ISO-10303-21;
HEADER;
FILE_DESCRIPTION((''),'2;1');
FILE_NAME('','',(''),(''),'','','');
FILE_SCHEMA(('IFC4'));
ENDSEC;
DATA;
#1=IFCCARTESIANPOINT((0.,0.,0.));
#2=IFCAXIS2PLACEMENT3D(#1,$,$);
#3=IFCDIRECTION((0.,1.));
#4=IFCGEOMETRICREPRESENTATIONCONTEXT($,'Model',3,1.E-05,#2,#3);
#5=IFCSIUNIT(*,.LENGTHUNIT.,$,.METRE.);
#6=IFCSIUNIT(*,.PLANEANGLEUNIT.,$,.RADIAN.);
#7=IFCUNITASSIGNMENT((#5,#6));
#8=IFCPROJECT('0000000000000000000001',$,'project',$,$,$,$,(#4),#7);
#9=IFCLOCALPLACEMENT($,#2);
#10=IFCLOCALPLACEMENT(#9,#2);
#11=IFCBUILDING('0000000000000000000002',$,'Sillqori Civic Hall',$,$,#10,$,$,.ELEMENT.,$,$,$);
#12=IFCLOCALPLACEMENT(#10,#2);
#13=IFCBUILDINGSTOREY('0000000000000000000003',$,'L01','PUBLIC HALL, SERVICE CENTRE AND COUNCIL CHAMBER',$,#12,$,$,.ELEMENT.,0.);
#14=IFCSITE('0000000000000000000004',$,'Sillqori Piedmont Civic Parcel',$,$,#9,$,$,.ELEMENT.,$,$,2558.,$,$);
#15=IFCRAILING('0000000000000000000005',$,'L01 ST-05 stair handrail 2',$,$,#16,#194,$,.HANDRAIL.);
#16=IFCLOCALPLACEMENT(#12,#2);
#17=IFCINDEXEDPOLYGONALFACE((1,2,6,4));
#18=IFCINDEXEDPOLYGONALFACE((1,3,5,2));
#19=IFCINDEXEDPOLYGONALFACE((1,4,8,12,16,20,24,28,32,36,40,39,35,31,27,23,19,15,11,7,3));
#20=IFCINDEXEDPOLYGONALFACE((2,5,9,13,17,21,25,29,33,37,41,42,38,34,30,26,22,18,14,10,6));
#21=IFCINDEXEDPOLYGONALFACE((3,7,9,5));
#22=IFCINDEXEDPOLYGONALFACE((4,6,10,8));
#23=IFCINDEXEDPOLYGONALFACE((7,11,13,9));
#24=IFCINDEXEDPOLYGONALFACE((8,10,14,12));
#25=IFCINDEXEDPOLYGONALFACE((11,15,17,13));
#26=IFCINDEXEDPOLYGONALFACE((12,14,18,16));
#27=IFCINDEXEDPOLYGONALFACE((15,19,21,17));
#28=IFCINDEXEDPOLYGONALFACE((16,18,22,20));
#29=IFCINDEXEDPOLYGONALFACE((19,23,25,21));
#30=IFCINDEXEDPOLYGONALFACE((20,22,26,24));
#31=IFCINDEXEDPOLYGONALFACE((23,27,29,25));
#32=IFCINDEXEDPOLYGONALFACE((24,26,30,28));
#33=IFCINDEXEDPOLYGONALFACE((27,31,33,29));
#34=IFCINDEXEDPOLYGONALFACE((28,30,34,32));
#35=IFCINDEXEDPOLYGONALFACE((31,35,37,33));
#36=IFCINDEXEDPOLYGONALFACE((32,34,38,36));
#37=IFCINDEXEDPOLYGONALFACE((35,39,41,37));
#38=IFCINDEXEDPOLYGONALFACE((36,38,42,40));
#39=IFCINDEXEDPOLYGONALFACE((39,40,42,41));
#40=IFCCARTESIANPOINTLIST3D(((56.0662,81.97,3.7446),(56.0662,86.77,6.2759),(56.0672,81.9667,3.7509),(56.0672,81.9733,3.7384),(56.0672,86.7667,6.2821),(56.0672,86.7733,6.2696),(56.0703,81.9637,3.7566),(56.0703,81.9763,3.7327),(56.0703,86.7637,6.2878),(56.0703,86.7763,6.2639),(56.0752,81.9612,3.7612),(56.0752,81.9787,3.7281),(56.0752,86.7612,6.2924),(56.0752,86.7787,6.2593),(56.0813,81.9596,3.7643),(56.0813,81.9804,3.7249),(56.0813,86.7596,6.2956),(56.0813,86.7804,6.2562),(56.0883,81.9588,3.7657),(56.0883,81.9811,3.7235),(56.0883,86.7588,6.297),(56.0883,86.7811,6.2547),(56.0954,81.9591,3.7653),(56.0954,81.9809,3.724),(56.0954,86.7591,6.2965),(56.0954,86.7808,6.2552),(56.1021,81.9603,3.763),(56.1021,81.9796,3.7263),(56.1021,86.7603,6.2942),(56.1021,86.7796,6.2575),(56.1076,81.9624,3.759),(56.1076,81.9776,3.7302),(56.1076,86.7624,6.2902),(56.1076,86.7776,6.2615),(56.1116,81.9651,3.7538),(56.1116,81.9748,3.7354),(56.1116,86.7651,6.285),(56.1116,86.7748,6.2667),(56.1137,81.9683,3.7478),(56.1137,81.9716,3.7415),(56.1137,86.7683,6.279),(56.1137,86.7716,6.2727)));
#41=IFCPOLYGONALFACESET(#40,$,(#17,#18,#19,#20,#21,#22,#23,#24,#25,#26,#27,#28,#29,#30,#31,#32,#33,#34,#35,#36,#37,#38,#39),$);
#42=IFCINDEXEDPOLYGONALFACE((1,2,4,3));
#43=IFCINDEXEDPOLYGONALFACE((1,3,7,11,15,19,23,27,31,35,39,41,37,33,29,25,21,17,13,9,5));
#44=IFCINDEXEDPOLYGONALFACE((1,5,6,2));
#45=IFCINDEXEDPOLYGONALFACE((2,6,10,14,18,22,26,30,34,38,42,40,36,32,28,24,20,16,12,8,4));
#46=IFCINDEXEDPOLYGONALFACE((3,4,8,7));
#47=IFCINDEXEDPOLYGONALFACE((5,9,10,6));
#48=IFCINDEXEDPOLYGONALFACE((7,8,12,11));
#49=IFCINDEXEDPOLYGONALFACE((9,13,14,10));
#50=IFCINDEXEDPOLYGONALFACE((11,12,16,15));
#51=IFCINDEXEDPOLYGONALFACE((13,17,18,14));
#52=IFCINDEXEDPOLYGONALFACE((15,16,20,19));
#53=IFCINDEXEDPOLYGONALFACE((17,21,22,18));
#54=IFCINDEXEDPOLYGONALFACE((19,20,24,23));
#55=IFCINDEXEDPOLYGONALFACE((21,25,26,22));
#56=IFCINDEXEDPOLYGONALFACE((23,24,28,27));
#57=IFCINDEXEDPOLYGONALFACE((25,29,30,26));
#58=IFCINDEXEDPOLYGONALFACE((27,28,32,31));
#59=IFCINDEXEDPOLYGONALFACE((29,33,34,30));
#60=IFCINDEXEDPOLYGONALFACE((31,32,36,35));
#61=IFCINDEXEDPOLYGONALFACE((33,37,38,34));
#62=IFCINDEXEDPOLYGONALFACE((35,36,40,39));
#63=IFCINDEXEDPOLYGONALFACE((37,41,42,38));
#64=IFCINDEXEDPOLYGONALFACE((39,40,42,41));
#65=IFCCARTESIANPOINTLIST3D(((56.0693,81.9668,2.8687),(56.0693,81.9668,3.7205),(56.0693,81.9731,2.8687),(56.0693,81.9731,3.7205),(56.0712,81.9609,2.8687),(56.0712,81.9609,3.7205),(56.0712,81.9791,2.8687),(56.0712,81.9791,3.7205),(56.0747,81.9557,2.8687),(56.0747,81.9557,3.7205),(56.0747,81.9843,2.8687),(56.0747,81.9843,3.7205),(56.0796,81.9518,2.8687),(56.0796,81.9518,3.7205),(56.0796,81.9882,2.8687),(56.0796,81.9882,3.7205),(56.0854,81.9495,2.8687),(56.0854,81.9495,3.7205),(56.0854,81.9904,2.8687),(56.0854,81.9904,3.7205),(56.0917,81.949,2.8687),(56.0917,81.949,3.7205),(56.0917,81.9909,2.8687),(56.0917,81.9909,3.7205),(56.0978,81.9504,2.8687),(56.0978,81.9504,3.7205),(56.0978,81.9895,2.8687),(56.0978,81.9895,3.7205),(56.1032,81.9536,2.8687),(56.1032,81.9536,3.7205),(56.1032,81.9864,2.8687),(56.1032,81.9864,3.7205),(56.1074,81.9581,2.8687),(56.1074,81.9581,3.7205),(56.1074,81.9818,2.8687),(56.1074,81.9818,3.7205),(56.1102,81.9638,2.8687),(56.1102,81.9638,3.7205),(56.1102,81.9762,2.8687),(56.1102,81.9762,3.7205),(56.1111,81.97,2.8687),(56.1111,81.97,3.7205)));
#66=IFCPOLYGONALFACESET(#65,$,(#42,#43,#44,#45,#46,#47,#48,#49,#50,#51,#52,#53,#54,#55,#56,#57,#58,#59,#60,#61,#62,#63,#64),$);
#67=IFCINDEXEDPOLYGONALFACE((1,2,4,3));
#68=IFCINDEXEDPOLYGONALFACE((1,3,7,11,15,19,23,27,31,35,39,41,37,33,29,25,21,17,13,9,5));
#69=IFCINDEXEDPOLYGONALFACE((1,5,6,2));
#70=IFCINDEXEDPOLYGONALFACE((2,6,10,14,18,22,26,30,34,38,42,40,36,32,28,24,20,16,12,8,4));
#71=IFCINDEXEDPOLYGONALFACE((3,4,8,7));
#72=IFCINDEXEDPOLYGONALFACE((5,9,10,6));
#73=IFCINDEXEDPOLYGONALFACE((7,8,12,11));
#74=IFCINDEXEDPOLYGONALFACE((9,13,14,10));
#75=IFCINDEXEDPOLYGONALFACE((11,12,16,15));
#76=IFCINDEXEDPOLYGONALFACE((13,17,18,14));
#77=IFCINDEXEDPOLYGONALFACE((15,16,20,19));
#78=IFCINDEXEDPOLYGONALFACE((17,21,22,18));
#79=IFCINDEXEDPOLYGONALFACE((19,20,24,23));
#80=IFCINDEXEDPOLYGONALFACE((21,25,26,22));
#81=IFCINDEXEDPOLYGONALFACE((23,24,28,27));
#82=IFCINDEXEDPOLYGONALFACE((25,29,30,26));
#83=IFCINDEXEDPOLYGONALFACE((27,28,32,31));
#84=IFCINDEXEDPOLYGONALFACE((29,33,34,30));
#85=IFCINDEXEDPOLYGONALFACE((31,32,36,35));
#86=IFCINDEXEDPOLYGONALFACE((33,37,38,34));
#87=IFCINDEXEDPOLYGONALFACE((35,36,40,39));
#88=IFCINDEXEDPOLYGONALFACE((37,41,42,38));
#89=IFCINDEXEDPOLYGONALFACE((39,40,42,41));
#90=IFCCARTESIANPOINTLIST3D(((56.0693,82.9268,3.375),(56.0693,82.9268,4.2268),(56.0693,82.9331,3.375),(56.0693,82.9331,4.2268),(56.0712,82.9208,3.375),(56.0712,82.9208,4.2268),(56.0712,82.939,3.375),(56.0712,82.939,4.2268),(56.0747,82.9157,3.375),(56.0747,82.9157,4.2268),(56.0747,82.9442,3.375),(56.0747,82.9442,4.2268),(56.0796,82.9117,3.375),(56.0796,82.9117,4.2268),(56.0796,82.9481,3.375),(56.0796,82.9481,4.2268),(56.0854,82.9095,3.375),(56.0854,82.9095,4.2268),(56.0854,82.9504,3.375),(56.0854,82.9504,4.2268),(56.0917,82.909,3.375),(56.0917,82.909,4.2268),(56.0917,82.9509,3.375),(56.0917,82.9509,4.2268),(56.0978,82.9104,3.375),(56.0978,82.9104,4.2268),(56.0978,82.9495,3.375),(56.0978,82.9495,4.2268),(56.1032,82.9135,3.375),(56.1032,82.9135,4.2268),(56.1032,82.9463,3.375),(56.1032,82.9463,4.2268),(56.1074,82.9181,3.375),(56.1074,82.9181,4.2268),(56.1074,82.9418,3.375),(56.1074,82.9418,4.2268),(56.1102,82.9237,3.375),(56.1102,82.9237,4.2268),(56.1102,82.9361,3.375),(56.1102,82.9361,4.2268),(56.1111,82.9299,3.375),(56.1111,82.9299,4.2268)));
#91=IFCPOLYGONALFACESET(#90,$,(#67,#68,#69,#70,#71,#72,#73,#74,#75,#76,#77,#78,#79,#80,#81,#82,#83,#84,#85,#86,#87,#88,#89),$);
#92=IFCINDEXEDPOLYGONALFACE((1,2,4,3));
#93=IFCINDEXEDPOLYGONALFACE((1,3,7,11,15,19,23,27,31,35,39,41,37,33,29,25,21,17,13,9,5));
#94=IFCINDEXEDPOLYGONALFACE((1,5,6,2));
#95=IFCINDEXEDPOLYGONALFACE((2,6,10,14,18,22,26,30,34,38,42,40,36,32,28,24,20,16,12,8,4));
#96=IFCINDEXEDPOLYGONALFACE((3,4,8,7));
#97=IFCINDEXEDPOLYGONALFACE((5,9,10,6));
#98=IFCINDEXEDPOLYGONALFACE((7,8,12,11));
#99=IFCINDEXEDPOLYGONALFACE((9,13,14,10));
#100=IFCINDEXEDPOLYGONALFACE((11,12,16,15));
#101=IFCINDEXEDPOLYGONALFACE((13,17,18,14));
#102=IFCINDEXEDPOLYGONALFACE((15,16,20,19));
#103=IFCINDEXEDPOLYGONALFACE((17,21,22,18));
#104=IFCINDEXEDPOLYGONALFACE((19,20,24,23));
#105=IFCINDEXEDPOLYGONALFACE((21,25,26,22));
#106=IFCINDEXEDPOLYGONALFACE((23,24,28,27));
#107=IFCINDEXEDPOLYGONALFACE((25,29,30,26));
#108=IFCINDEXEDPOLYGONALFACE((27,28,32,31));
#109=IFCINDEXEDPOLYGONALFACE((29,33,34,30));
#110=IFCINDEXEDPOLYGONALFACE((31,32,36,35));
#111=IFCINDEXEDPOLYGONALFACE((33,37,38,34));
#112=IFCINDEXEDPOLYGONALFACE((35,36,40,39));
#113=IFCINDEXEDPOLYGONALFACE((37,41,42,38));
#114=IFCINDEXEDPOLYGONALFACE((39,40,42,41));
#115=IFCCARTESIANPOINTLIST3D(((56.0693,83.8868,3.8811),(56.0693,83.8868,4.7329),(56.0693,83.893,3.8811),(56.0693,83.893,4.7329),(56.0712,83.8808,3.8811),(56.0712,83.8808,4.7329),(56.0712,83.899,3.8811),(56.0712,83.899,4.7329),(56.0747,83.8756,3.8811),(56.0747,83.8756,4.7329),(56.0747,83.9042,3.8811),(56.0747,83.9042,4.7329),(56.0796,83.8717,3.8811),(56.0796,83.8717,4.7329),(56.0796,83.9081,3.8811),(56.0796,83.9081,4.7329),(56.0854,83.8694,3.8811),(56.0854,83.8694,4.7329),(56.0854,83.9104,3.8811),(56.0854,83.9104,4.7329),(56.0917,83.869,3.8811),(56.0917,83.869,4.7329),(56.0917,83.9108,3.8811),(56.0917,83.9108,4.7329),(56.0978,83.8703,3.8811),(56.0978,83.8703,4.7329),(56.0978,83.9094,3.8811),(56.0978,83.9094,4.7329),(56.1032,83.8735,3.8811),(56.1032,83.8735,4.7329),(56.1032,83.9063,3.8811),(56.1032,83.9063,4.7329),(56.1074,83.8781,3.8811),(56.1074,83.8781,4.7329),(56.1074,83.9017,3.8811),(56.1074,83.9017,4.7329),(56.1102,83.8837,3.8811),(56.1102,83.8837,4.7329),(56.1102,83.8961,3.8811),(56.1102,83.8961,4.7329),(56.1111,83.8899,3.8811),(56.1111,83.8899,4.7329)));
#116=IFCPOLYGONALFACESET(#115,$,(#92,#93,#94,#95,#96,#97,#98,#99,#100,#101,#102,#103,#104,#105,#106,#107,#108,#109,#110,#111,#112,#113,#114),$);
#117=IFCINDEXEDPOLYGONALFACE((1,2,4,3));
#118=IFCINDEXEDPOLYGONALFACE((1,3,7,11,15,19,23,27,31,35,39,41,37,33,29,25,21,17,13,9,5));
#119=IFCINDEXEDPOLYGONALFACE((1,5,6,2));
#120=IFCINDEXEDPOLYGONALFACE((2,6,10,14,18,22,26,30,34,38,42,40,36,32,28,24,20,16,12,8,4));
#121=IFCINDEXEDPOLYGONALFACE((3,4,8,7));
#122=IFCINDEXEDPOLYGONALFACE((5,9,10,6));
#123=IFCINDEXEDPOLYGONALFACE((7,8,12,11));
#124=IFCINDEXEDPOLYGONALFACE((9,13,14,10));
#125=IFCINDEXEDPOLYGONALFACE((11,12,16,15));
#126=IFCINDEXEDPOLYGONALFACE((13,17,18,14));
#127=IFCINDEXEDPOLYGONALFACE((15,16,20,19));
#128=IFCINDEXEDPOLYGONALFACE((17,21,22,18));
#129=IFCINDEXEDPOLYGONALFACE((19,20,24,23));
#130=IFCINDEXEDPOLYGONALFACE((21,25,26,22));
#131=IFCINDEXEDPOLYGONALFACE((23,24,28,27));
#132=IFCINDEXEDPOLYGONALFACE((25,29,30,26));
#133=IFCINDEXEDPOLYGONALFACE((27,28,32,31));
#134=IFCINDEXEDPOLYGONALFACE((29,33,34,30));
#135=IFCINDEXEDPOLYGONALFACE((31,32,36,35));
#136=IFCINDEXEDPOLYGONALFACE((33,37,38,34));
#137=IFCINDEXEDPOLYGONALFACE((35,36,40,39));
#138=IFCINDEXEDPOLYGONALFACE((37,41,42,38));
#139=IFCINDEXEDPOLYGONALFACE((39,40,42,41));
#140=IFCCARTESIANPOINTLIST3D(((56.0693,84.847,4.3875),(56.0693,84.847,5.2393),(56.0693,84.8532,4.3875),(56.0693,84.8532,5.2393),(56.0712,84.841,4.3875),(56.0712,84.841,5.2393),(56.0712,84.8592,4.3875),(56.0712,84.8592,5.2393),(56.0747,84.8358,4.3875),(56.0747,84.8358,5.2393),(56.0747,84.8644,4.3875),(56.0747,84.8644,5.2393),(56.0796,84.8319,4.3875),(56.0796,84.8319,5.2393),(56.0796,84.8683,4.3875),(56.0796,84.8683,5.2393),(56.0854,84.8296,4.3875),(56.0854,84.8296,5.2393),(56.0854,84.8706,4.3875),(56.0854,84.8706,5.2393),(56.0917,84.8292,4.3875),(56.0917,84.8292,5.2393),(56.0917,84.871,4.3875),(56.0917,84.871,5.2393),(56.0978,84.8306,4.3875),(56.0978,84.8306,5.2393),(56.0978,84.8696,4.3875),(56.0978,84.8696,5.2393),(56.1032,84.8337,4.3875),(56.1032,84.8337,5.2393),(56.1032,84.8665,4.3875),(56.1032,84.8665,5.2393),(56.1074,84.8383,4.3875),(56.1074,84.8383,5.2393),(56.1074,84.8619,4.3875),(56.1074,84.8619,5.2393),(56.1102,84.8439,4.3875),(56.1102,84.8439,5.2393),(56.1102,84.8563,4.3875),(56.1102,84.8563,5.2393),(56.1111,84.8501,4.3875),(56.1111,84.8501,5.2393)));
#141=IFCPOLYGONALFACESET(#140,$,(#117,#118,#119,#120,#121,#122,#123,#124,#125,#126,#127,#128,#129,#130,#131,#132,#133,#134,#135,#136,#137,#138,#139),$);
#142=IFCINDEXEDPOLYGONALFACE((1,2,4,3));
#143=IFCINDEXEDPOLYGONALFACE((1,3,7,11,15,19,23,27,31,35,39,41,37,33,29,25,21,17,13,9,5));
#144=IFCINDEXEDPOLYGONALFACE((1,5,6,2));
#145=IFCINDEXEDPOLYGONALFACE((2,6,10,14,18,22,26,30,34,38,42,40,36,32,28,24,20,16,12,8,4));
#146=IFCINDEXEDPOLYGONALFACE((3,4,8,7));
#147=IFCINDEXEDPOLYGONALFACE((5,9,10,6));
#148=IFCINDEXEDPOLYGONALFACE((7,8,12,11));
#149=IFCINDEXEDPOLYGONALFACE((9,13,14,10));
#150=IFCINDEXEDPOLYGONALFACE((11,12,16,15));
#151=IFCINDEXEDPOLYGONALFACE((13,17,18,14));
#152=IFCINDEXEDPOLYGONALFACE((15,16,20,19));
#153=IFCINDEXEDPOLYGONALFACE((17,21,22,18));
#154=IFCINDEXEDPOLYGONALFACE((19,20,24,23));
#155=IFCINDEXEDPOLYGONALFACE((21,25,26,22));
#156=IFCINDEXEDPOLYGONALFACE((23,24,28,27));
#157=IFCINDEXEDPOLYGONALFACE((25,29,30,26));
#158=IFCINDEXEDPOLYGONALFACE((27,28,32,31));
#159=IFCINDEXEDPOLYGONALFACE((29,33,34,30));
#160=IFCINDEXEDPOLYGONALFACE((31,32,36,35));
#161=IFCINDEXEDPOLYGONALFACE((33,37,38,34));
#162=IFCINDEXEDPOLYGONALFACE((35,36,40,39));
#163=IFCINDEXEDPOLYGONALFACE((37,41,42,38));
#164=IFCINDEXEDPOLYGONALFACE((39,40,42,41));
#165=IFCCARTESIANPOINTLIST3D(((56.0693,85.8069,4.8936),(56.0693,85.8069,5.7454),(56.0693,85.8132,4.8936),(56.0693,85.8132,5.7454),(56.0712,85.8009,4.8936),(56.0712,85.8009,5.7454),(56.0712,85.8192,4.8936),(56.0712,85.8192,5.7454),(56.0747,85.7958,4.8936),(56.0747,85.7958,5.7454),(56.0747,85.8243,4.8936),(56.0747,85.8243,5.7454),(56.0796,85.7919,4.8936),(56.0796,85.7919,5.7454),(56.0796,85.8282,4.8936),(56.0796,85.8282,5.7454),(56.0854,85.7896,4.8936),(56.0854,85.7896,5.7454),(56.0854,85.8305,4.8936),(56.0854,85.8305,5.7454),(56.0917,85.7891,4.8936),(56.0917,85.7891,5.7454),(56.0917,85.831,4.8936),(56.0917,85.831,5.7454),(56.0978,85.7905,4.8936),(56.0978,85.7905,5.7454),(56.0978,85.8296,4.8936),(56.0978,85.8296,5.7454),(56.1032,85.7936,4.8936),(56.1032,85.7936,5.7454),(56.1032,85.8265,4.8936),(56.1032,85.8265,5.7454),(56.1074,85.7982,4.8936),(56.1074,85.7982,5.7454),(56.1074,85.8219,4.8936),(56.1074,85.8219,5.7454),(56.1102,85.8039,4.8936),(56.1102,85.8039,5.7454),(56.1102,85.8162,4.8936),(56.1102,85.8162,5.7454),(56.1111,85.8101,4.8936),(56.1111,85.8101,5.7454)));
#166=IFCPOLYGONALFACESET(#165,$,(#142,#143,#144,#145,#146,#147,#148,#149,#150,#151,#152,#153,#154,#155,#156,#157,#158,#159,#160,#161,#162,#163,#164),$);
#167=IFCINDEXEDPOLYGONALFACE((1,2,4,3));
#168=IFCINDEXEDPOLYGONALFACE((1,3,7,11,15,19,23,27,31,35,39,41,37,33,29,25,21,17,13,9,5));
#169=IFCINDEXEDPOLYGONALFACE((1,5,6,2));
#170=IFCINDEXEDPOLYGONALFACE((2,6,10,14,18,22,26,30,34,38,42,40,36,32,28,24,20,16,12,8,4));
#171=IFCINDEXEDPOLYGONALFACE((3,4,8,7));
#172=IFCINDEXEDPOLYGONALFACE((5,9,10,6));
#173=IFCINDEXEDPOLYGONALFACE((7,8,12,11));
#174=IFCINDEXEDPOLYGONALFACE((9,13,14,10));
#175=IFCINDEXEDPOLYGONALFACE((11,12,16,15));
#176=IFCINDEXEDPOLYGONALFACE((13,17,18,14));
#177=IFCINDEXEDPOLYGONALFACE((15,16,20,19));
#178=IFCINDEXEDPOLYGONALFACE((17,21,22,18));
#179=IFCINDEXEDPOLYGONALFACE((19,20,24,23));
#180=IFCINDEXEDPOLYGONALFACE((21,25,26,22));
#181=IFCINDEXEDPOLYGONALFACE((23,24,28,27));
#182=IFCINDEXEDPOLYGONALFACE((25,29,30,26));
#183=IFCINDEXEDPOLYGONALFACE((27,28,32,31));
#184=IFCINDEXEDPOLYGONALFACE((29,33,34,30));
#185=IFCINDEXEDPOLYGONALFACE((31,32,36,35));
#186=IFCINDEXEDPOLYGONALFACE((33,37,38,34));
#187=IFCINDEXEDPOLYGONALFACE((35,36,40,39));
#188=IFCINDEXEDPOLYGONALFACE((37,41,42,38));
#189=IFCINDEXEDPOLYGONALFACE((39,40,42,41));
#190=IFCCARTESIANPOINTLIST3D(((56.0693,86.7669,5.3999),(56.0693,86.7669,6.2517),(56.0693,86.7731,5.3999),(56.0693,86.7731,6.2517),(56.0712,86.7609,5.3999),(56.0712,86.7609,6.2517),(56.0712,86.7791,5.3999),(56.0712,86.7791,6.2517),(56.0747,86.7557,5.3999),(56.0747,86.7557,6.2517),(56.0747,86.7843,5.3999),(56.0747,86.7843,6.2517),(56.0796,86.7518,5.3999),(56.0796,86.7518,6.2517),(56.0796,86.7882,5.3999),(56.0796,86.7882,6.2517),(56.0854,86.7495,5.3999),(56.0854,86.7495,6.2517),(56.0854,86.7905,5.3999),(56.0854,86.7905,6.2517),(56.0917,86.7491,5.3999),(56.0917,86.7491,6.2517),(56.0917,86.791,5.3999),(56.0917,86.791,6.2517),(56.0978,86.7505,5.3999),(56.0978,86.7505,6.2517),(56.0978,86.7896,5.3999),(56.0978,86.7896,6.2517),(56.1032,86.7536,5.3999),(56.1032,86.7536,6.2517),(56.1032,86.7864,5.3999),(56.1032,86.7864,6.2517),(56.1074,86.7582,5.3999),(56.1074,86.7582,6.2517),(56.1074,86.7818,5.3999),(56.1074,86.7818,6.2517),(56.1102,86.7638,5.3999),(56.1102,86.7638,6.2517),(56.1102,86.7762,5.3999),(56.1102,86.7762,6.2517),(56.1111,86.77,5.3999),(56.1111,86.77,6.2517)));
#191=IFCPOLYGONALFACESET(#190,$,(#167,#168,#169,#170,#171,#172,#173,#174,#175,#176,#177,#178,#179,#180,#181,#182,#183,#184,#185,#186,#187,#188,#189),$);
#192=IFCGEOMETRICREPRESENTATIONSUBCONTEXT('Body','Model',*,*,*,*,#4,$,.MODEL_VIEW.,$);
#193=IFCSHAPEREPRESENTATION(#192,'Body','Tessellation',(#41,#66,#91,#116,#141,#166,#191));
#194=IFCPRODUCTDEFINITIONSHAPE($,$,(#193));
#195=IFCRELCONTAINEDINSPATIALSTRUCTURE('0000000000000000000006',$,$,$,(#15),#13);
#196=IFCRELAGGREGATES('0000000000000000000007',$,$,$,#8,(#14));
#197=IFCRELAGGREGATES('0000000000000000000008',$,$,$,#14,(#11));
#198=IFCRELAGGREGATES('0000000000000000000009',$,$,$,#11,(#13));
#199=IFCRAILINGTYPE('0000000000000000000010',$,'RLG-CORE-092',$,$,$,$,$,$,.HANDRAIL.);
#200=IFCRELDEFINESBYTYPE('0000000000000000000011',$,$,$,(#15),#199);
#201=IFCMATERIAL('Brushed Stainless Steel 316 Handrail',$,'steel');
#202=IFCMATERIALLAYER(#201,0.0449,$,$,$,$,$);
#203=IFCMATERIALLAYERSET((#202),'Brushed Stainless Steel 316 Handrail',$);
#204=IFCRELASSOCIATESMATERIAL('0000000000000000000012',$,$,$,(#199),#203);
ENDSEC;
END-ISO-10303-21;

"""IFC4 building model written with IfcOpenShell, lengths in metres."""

from ifc_helpers import new_model, si_unit, direction, frame, origin, origin_2d, place, context, subcontext, project, spatial, circle, extrude, material, layer, layer_set, type_object, element, save


model = new_model("IFC4")

# Units and contexts
model_context = context("Model", 3, precision=1e-05, world=origin(), true_north=direction((0.0, 1.0)))
body_context = subcontext(model_context, "Body", "Model", "MODEL_VIEW")
ifc_project = project(units=[si_unit("LENGTHUNIT", "METRE"), si_unit("PLANEANGLEUNIT", "RADIAN")], contexts=[model_context])

# Site, building, storey
site_placement = place(None, origin())
site = spatial("IfcSite", under=ifc_project, at=site_placement, Name="Sillqori Piedmont Civic Parcel", CompositionType="ELEMENT", RefElevation=2558.0)
building_placement = place(site_placement, origin())
building = spatial("IfcBuilding", under=site, at=building_placement, Name="Sillqori Civic Hall", CompositionType="ELEMENT")
storey_placement = place(building_placement, origin())
storey = spatial("IfcBuildingStorey", under=building, at=storey_placement, Name="L01", Description="PUBLIC HALL, SERVICE CENTRE AND COUNCIL CHAMBER", CompositionType="ELEMENT", Elevation=0.0)

# Railing
ifc_material_1 = material(Name="Brushed Stainless Steel 316 Handrail", Category="steel")
ifc_layer_1 = layer(ifc_material_1, 0.0449)
ifc_layer_set_1 = layer_set([ifc_layer_1], Name="Brushed Stainless Steel 316 Handrail")
railing_type_1 = type_object("IfcRailingType", Name="RLG-CORE-092", PredefinedType="HANDRAIL", material=ifc_layer_set_1)
for number, where, name in (
    (1, (56.0901, 81.97, 2.8687), "L01 ST-05 stair handrail 2"),
):
    element("IfcRailing", number, at=place(storey_placement, frame(where)), inside=storey, type_object=railing_type_1, Name=name, PredefinedType="HANDRAIL", context=body_context, shape_type="SweptSolid", body=[
        extrude(circle(Radius=0.0239, at=origin_2d()), frame((0.0, 0.0, 0.876), z_axis=(0.0, 0.884545, 0.466455), x_axis=(-1.0, 0.0, 0.0)), (0.0, 0.0, 1.0), 5.4265),
        extrude(circle(Radius=0.021, at=origin_2d()), origin(), (0.0, 0.0, 1.0), 0.8518),
        extrude(circle(Radius=0.021, at=origin_2d()), frame((0.0, 0.96, 0.5063)), (0.0, 0.0, 1.0), 0.8518),
        extrude(circle(Radius=0.021, at=origin_2d()), frame((0.0, 1.9199, 1.0125)), (0.0, 0.0, 1.0), 0.8518),
        extrude(circle(Radius=0.021, at=origin_2d()), frame((0.0, 2.8801, 1.5188)), (0.0, 0.0, 1.0), 0.8518),
        extrude(circle(Radius=0.021, at=origin_2d()), frame((0.0, 3.8401, 2.0249)), (0.0, 0.0, 1.0), 0.8518),
        extrude(circle(Radius=0.021, at=origin_2d()), frame((0.0, 4.8, 2.5312)), (0.0, 0.0, 1.0), 0.8518),
    ])

save(model, "model.ifc")
